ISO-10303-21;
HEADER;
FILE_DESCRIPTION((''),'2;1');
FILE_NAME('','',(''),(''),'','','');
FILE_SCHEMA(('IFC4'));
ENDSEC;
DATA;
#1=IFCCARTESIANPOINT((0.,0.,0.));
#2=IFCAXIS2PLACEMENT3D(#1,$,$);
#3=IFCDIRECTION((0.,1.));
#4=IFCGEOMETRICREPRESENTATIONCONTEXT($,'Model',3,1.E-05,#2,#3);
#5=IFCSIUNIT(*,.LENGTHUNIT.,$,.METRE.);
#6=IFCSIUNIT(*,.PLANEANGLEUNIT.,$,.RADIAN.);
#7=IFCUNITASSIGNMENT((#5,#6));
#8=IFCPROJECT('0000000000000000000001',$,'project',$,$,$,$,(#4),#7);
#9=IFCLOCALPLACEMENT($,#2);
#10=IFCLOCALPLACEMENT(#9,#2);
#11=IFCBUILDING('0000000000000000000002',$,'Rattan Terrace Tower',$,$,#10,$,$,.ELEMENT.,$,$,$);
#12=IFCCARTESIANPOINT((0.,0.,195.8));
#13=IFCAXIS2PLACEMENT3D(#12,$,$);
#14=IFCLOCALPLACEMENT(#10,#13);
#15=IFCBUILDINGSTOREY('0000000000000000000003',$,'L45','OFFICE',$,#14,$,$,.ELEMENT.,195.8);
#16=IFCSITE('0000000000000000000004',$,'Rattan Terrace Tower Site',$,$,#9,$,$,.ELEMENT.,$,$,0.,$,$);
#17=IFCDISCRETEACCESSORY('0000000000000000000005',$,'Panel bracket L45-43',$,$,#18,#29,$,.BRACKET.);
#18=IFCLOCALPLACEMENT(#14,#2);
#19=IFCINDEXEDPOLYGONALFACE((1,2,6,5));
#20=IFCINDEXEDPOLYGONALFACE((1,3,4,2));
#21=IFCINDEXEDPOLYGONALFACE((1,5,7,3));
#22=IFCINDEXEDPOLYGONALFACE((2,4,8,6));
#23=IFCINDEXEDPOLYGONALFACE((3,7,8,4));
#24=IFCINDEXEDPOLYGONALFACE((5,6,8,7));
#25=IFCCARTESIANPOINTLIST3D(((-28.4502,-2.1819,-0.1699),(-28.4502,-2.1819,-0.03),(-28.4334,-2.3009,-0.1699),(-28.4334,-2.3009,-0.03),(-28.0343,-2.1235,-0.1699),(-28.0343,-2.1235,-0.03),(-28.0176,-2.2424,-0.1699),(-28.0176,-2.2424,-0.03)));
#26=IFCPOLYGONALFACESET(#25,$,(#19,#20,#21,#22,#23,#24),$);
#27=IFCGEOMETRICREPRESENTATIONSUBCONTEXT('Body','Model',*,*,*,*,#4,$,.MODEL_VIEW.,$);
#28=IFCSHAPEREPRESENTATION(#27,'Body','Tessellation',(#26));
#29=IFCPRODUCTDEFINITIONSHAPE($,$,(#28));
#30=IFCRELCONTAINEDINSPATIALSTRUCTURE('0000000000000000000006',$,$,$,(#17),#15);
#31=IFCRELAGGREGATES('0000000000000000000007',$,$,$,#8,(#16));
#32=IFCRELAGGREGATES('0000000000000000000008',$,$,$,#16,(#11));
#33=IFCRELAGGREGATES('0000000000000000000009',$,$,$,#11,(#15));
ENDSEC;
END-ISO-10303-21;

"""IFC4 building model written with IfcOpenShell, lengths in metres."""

from ifc_helpers import new_model, si_unit, direction, frame, origin, origin_2d, place, context, subcontext, project, spatial, rectangle, extrude, element, save


model = new_model("IFC4")

# Units and contexts
model_context = context("Model", 3, precision=1e-05, world=origin(), true_north=direction((0.0, 1.0)))
body_context = subcontext(model_context, "Body", "Model", "MODEL_VIEW")
ifc_project = project(units=[si_unit("LENGTHUNIT", "METRE"), si_unit("PLANEANGLEUNIT", "RADIAN")], contexts=[model_context])

# Site, building, storey
site_placement = place(None, origin())
site = spatial("IfcSite", under=ifc_project, at=site_placement, Name="Rattan Terrace Tower Site", CompositionType="ELEMENT", RefElevation=0.0)
building_placement = place(site_placement, origin())
building = spatial("IfcBuilding", under=site, at=building_placement, Name="Rattan Terrace Tower", CompositionType="ELEMENT")
storey_placement = place(building_placement, frame((0.0, 0.0, 195.8)))
storey = spatial("IfcBuildingStorey", under=building, at=storey_placement, Name="L45", Description="OFFICE", CompositionType="ELEMENT", Elevation=195.8)

# Discrete accessory
for number, where, z_axis, x_axis, name in (
    (1, (-28.2339, -2.2122, -0.1699), (0.0, 0.0, 1.0), (0.139191, -0.990266, 0.0), "Panel bracket L45-43"),
):
    element("IfcDiscreteAccessory", number, at=place(storey_placement, frame(where, z_axis=z_axis, x_axis=x_axis)), inside=storey, Name=name, PredefinedType="BRACKET", context=body_context, shape_type="SweptSolid", body=[
        extrude(rectangle(XDim=0.1201, YDim=0.4199, at=origin_2d()), origin(), (0.0, 0.0, 1.0), 0.1399),
    ])

save(model, "model.ifc")
